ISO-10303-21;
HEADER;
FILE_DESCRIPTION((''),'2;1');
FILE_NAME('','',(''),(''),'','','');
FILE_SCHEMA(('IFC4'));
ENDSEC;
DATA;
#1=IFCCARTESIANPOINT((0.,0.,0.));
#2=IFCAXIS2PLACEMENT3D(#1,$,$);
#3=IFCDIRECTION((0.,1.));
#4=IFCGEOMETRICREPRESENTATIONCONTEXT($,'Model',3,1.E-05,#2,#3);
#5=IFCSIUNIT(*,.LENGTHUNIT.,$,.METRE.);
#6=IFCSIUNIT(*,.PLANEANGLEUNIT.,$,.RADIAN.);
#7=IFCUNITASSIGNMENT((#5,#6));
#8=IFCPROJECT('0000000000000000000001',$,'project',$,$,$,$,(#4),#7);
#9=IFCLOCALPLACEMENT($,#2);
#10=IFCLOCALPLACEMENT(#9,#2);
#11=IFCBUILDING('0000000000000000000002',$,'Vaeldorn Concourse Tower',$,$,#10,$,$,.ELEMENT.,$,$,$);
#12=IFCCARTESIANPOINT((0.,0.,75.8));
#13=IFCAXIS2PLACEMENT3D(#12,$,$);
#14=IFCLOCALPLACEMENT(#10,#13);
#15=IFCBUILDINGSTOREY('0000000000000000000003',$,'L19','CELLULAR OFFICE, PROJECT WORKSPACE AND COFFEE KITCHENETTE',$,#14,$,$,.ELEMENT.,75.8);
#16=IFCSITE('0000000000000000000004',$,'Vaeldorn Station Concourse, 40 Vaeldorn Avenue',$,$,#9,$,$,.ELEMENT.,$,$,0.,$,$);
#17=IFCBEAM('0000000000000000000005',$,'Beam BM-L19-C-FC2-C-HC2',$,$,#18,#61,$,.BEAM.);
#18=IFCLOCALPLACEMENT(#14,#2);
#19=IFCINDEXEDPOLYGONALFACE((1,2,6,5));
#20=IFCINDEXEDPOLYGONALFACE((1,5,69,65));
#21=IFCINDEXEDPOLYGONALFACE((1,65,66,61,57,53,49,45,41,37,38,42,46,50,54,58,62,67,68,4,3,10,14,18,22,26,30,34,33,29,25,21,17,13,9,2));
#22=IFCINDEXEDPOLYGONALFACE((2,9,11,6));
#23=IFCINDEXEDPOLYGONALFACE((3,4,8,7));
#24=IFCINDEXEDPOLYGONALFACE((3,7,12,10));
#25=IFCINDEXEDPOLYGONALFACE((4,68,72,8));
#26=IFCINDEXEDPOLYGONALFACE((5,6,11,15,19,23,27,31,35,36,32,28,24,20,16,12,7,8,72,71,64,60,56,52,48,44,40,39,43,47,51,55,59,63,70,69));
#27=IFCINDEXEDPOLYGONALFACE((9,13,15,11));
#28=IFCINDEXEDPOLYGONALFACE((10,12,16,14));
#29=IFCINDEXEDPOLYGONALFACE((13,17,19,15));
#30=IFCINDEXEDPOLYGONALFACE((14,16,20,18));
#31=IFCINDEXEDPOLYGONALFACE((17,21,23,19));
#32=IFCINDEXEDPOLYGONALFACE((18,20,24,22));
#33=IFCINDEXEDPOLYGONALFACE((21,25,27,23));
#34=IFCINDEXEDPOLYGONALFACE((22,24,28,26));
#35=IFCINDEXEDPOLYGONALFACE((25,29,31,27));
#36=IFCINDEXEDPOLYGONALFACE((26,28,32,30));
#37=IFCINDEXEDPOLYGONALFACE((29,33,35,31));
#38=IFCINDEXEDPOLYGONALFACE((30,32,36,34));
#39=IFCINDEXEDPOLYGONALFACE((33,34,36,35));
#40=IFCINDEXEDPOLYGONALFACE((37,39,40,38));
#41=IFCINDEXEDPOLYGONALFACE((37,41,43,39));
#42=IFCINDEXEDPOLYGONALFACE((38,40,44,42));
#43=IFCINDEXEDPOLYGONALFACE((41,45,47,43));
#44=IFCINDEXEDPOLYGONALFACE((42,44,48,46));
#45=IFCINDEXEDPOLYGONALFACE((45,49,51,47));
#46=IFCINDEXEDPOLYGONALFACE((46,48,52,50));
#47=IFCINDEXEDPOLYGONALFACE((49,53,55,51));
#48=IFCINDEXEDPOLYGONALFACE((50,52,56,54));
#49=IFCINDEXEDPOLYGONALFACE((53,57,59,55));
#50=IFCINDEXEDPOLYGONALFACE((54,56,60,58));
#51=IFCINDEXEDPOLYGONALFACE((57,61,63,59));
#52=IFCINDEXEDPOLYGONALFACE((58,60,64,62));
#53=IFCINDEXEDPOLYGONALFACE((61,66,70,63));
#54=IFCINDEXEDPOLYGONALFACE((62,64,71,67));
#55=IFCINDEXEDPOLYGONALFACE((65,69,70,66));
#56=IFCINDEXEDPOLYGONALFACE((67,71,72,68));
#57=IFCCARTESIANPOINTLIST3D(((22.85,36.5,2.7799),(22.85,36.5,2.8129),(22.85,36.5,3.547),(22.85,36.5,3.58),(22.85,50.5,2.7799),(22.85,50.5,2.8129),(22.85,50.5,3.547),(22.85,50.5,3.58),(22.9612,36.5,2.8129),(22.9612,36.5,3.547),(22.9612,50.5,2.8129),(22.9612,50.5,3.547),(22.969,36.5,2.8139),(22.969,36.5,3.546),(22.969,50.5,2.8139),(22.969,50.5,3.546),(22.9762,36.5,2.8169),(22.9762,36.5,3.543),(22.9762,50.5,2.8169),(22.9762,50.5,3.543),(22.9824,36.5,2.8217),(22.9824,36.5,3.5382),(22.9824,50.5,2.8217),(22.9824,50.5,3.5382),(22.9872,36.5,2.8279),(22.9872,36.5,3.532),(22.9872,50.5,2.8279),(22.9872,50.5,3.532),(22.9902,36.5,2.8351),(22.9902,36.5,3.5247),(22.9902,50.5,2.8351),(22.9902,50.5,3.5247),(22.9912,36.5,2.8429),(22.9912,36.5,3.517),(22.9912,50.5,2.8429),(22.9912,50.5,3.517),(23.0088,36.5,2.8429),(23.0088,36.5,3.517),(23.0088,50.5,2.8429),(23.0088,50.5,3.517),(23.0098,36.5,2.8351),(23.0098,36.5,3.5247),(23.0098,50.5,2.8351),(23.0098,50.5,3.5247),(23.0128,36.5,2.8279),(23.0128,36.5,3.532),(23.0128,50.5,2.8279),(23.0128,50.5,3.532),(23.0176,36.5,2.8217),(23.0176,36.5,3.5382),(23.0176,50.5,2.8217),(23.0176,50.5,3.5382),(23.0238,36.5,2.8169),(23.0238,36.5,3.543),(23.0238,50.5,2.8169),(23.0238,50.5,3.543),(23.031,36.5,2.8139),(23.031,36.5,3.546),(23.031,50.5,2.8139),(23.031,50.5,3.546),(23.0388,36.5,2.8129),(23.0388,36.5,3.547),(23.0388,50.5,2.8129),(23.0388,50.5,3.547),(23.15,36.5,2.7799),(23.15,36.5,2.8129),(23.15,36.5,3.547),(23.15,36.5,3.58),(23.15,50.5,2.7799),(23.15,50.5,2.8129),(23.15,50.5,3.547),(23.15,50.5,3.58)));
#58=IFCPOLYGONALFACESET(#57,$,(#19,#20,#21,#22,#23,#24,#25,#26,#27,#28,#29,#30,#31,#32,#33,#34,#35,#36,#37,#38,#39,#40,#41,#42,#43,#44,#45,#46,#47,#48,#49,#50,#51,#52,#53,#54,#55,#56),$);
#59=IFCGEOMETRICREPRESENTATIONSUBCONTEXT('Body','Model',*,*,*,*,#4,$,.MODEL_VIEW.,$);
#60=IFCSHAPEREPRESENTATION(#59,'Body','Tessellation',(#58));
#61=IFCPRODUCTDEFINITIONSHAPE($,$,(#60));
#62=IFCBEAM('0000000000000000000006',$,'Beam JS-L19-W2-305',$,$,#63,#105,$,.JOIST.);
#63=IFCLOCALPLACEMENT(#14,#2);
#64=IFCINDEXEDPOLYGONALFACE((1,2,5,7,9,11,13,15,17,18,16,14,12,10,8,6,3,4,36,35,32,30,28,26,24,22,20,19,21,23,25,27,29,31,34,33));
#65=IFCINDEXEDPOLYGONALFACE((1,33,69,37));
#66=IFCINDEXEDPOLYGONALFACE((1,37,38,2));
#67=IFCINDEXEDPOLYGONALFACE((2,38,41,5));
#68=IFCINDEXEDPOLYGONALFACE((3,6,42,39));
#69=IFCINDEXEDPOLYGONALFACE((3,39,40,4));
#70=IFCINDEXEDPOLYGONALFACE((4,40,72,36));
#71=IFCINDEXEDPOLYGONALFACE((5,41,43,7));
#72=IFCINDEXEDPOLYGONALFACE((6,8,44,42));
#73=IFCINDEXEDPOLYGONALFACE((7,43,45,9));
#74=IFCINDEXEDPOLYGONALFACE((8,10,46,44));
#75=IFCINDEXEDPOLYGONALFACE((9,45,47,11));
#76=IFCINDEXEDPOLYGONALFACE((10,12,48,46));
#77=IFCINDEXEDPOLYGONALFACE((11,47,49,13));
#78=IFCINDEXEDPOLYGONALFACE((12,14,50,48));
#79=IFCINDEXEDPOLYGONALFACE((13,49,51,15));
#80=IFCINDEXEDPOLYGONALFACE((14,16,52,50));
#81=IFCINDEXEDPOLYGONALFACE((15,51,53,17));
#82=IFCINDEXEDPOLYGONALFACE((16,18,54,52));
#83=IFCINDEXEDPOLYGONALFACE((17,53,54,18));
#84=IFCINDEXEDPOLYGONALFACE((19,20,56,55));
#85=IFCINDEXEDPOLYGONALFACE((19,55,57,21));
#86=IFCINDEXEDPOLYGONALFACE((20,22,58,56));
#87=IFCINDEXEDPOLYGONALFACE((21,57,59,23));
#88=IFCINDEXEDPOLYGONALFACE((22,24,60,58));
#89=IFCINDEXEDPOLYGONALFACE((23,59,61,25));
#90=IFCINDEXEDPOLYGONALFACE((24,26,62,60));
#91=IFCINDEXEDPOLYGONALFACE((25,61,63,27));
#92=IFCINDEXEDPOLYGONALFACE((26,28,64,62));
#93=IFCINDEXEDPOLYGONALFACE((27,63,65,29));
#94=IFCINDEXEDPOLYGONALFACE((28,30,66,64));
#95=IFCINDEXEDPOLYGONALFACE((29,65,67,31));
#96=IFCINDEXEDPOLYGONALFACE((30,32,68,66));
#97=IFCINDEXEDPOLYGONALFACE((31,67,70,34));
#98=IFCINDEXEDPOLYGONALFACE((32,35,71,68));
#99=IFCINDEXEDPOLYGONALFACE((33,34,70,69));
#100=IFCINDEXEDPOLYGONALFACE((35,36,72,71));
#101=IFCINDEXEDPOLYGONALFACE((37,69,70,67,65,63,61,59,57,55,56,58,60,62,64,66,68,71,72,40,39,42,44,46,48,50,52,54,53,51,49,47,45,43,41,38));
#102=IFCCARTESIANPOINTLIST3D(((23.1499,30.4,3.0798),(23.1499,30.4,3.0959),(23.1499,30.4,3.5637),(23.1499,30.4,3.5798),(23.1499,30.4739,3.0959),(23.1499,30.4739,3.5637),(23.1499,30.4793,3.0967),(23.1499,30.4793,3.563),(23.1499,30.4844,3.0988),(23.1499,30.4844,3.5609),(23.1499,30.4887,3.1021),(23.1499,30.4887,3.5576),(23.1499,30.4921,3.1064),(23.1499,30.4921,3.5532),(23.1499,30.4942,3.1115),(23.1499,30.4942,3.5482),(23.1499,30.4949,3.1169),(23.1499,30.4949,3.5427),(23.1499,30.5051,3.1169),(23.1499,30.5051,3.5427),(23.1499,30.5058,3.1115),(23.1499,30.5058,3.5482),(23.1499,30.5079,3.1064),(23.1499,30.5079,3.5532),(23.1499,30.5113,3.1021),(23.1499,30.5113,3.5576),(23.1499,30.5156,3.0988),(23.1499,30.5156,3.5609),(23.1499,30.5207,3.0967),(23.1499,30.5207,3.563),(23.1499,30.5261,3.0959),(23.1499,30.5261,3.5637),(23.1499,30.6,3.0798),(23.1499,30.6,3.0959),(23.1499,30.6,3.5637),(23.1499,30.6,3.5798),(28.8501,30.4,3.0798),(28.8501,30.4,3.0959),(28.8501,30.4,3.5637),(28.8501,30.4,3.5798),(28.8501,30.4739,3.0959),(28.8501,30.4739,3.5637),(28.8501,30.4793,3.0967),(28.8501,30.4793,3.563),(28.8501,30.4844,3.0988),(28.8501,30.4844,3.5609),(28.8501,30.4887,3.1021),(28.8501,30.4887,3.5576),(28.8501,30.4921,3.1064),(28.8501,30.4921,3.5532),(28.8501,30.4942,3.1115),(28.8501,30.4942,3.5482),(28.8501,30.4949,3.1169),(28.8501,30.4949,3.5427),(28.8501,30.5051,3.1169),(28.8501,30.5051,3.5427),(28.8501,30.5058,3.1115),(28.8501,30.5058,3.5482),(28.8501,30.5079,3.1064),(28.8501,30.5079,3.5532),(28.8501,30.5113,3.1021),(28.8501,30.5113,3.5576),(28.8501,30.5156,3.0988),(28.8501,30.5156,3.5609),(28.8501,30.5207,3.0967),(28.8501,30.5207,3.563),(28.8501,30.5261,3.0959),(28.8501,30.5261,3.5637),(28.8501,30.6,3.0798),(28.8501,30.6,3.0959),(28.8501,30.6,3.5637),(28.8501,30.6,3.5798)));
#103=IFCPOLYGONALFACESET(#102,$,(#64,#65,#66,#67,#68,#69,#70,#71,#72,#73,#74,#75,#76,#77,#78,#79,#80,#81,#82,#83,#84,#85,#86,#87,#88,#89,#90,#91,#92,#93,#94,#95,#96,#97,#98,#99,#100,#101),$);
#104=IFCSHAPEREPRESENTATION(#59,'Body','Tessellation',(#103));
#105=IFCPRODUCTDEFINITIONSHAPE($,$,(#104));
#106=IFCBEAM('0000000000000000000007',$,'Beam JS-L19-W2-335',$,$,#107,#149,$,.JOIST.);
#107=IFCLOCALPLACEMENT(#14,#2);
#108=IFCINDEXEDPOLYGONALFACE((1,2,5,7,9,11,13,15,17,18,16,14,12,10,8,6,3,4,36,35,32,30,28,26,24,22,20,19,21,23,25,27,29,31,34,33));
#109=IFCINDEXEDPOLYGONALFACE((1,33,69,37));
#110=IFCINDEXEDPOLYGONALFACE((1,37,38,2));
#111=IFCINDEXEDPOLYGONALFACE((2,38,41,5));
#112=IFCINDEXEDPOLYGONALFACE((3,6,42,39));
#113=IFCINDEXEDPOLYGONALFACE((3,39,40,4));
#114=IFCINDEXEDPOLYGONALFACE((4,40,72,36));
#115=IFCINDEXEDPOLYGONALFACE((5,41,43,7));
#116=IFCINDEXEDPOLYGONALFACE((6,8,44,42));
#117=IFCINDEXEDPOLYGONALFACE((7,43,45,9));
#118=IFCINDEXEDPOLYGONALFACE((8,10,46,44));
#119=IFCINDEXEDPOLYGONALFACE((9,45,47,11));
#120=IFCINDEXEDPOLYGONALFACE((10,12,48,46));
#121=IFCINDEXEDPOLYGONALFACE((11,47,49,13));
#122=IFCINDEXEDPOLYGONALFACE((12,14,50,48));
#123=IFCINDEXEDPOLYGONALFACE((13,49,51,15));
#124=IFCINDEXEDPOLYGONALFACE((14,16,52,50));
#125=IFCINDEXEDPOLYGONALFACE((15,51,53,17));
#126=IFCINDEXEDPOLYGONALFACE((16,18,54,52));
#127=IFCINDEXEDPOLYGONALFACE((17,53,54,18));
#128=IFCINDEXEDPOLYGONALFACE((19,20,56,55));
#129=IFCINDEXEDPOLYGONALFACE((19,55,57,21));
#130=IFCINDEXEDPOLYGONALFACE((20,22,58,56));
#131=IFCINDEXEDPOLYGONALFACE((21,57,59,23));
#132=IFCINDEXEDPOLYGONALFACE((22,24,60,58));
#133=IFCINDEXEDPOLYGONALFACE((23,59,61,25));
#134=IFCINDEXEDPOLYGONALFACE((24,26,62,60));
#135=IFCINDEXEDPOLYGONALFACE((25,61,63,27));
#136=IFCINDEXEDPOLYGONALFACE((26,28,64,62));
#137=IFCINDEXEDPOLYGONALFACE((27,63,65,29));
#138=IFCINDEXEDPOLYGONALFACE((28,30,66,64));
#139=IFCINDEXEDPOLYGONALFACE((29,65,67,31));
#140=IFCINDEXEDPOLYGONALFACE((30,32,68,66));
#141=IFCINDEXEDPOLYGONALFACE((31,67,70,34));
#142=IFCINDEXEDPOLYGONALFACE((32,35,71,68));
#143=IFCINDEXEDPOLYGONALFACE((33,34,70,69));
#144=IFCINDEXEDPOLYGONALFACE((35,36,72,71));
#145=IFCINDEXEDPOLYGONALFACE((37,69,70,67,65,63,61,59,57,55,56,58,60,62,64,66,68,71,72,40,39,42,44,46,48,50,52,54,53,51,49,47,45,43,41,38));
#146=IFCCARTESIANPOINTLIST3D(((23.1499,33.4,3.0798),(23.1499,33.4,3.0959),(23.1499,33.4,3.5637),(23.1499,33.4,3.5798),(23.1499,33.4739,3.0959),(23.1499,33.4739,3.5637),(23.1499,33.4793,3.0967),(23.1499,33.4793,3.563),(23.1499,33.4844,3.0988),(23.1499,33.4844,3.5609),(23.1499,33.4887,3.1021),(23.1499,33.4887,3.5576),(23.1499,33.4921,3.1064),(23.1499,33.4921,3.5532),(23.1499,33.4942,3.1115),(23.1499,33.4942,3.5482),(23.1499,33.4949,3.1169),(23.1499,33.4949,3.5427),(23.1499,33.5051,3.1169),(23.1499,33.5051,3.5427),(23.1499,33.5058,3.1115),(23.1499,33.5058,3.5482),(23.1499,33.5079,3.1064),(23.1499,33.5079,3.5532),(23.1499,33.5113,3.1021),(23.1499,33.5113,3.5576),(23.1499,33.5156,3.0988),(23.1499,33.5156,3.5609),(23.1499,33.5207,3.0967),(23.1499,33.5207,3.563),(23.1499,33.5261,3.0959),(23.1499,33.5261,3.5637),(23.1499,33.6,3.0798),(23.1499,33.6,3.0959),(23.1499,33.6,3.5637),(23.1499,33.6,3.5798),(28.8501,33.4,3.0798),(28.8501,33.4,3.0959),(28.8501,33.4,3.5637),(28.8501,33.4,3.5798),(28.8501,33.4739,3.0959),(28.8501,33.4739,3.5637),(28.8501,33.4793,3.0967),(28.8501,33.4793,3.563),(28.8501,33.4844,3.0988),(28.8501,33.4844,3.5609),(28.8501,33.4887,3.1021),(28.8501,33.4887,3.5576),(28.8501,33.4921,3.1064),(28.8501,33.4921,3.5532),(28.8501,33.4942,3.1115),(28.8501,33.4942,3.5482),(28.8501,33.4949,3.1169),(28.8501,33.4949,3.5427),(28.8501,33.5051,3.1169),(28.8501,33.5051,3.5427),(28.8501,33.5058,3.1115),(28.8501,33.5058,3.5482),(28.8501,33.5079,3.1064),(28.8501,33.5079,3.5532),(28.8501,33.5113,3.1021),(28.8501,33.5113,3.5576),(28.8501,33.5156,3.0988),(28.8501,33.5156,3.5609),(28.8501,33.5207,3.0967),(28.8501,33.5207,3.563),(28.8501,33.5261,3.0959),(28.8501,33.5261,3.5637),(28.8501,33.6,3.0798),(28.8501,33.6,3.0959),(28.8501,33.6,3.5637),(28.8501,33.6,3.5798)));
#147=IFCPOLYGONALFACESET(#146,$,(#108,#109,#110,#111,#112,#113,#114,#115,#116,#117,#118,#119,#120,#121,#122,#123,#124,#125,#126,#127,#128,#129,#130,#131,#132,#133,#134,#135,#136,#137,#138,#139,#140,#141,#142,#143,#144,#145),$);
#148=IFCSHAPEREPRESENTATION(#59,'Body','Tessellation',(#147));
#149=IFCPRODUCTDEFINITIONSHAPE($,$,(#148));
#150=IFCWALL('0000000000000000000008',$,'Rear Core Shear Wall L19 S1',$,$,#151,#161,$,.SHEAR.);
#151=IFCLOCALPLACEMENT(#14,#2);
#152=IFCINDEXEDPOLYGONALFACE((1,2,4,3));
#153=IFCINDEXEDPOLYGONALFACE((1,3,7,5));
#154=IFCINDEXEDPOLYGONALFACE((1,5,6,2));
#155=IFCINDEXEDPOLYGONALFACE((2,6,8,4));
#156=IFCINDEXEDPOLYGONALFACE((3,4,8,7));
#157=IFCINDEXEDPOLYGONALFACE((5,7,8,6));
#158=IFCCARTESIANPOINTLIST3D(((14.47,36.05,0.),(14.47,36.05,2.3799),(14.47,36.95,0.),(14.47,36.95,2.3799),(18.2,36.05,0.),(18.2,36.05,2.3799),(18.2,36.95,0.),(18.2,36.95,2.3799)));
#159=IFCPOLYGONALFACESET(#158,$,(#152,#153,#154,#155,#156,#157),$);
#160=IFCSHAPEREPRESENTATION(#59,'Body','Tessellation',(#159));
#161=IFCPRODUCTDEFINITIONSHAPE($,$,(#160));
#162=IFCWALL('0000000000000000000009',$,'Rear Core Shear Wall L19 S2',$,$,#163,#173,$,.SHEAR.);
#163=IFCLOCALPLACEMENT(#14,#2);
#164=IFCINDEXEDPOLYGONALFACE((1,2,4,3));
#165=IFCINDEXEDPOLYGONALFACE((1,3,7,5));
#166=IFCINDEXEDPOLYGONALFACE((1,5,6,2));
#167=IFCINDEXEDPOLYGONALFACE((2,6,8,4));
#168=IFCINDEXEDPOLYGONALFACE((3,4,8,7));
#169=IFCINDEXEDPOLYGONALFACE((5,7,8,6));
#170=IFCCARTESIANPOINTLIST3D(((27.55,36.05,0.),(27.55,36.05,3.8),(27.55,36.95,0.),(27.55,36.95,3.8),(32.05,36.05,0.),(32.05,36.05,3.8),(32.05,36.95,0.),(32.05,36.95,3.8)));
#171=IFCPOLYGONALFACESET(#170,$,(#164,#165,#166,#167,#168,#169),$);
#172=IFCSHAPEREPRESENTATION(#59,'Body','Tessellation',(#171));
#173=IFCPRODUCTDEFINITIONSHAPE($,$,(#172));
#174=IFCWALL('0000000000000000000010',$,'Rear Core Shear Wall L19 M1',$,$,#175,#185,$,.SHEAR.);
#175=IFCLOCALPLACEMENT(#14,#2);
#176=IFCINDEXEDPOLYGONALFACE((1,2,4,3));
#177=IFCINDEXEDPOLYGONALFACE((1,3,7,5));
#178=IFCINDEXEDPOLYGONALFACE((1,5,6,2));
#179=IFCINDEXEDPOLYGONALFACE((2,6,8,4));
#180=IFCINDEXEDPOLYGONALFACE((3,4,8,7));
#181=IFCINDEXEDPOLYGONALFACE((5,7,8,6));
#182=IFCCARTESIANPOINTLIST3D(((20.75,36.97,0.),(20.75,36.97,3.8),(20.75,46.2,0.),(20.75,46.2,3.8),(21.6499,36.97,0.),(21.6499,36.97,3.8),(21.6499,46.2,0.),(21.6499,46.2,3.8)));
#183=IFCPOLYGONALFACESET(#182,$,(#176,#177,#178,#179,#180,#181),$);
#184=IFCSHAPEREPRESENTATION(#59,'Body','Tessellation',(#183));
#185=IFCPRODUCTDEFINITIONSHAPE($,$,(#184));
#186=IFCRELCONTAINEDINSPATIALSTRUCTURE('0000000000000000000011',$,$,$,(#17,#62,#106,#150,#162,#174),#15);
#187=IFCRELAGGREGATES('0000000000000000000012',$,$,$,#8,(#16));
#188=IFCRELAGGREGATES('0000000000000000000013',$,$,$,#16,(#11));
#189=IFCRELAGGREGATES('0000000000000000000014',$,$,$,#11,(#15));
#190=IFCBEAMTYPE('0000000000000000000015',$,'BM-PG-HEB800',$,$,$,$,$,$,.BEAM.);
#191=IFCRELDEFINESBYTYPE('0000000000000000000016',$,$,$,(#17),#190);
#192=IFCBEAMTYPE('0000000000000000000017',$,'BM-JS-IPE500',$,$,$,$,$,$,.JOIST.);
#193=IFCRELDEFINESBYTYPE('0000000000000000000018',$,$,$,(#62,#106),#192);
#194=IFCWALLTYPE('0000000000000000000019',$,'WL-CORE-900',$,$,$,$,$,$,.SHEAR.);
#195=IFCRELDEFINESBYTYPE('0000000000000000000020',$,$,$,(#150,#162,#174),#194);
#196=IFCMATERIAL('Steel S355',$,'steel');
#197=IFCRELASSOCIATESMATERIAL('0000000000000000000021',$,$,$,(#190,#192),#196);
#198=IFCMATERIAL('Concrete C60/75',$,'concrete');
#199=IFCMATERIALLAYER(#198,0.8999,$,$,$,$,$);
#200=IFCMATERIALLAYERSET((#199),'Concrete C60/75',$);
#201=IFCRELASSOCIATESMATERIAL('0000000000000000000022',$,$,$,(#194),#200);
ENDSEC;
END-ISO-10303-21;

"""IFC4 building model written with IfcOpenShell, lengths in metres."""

from ifc_helpers import new_model, si_unit, direction, frame, frame_2d, origin, origin_2d, place, context, subcontext, project, spatial, rectangle, i_section, extrude, source, transform, mapped, material, layer, layer_set, material_profile, profile_set, type_object, element, save


model = new_model("IFC4")

# Units and contexts
model_context = context("Model", 3, precision=1e-05, world=origin(), true_north=direction((0.0, 1.0)))
body_context = subcontext(model_context, "Body", "Model", "MODEL_VIEW")
ifc_project = project(units=[si_unit("LENGTHUNIT", "METRE"), si_unit("PLANEANGLEUNIT", "RADIAN")], contexts=[model_context])

# Site, building, storey
site_placement = place(None, origin())
site = spatial("IfcSite", under=ifc_project, at=site_placement, Name="Vaeldorn Station Concourse, 40 Vaeldorn Avenue", CompositionType="ELEMENT", RefElevation=0.0)
building_placement = place(site_placement, origin())
building = spatial("IfcBuilding", under=site, at=building_placement, Name="Vaeldorn Concourse Tower", CompositionType="ELEMENT")
storey_placement = place(building_placement, frame((0.0, 0.0, 75.8)))
storey = spatial("IfcBuildingStorey", under=building, at=storey_placement, Name="L19", Description="CELLULAR OFFICE, PROJECT WORKSPACE AND COFFEE KITCHENETTE", CompositionType="ELEMENT", Elevation=75.8)

# Beams
ifc_material_1 = material(Name="Steel S355", Category="steel")
ifc_material_profile_1 = material_profile(ifc_material_1, i_section(OverallWidth=0.3, OverallDepth=0.8, WebThickness=0.0176, FlangeThickness=0.033, FilletRadius=0.03, at=origin_2d()), Name="HEB 800")
ifc_profile_set_1 = profile_set([ifc_material_profile_1], Name="Steel S355")
beam_type_1 = type_object("IfcBeamType", Name="BM-PG-HEB800", PredefinedType="BEAM", material=ifc_profile_set_1)
shared_shape_1 = source(origin(), body_context, "Body", "SweptSolid", [
    extrude(i_section(OverallWidth=0.3, OverallDepth=0.8, WebThickness=0.0176, FlangeThickness=0.033, FilletRadius=0.03, at=origin_2d()), origin(), (0.0, 0.0, 1.0), 14.0),
])
beam_1_placement = place(storey_placement, frame((23.0, 36.5, 3.1799), z_axis=(0.0, 1.0, 0.0), x_axis=(-1.0, 0.0, 0.0)))
element("IfcBeam", 1, at=beam_1_placement, inside=storey, type_object=beam_type_1, Name="Beam BM-L19-C-FC2-C-HC2", PredefinedType="BEAM", context=body_context, shape_type="MappedRepresentation", body=[
    mapped(shared_shape_1, transform((0.0, 0.0, 0.0), scale=1.0)),
])
ifc_material_profile_2 = material_profile(ifc_material_1, i_section(OverallWidth=0.2, OverallDepth=0.5, WebThickness=0.0103, FlangeThickness=0.0161, FilletRadius=0.021, at=origin_2d()), Name="IPE 500")
ifc_profile_set_2 = profile_set([ifc_material_profile_2], Name="Steel S355")
beam_type_2 = type_object("IfcBeamType", Name="BM-JS-IPE500", PredefinedType="JOIST", material=ifc_profile_set_2)
shared_shape_2 = source(origin(), body_context, "Body", "SweptSolid", [
    extrude(i_section(OverallWidth=0.2, OverallDepth=0.5, WebThickness=0.0103, FlangeThickness=0.0161, FilletRadius=0.021, at=origin_2d()), origin(), (0.0, 0.0, 1.0), 5.7002),
])
for number, where, z_axis, x_axis, name in (
    (2, (23.1499, 30.5, 3.3298), (1.0, 0.0, 0.0), (0.0, 1.0, 0.0), "Beam JS-L19-W2-305"),
    (3, (23.1499, 33.5, 3.3298), (1.0, 0.0, 0.0), (0.0, 1.0, 0.0), "Beam JS-L19-W2-335"),
):
    element("IfcBeam", number, at=place(storey_placement, frame(where, z_axis=z_axis, x_axis=x_axis)), inside=storey, type_object=beam_type_2, Name=name, PredefinedType="JOIST", context=body_context, shape_type="MappedRepresentation", body=[
        mapped(shared_shape_2, transform((0.0, 0.0, 0.0), scale=1.0)),
    ])

# Walls
ifc_material_2 = material(Name="Concrete C60/75", Category="concrete")
ifc_layer_1 = layer(ifc_material_2, 0.8999)
ifc_layer_set_1 = layer_set([ifc_layer_1], Name="Concrete C60/75")
wall_type_1 = type_object("IfcWallType", Name="WL-CORE-900", PredefinedType="SHEAR", material=ifc_layer_set_1)
wall_1_placement = place(storey_placement, frame((14.47, 36.5, 0.0), z_axis=(0.0, 0.0, 1.0), x_axis=(1.0, 0.0, 0.0)))
element("IfcWall", 4, at=wall_1_placement, inside=storey, type_object=wall_type_1, Name="Rear Core Shear Wall L19 S1", PredefinedType="SHEAR", context=body_context, shape_type="SweptSolid", body=[
    extrude(rectangle(XDim=3.73, YDim=0.8999, at=frame_2d((1.865, 0.0))), origin(), (0.0, 0.0, 1.0), 2.3799),
])
wall_2_placement = place(storey_placement, frame((27.55, 36.5, 0.0), z_axis=(0.0, 0.0, 1.0), x_axis=(1.0, 0.0, 0.0)))
element("IfcWall", 5, at=wall_2_placement, inside=storey, type_object=wall_type_1, Name="Rear Core Shear Wall L19 S2", PredefinedType="SHEAR", context=body_context, shape_type="SweptSolid", body=[
    extrude(rectangle(XDim=4.5, YDim=0.8999, at=frame_2d((2.25, 0.0))), origin(), (0.0, 0.0, 1.0), 3.8),
])
wall_3_placement = place(storey_placement, frame((21.2, 36.97, 0.0), z_axis=(0.0, 0.0, 1.0), x_axis=(0.0, 1.0, 0.0)))
element("IfcWall", 6, at=wall_3_placement, inside=storey, type_object=wall_type_1, Name="Rear Core Shear Wall L19 M1", PredefinedType="SHEAR", context=body_context, shape_type="SweptSolid", body=[
    extrude(rectangle(XDim=9.23, YDim=0.8999, at=frame_2d((4.615, 0.0))), origin(), (0.0, 0.0, 1.0), 3.8),
])

save(model, "model.ifc")
